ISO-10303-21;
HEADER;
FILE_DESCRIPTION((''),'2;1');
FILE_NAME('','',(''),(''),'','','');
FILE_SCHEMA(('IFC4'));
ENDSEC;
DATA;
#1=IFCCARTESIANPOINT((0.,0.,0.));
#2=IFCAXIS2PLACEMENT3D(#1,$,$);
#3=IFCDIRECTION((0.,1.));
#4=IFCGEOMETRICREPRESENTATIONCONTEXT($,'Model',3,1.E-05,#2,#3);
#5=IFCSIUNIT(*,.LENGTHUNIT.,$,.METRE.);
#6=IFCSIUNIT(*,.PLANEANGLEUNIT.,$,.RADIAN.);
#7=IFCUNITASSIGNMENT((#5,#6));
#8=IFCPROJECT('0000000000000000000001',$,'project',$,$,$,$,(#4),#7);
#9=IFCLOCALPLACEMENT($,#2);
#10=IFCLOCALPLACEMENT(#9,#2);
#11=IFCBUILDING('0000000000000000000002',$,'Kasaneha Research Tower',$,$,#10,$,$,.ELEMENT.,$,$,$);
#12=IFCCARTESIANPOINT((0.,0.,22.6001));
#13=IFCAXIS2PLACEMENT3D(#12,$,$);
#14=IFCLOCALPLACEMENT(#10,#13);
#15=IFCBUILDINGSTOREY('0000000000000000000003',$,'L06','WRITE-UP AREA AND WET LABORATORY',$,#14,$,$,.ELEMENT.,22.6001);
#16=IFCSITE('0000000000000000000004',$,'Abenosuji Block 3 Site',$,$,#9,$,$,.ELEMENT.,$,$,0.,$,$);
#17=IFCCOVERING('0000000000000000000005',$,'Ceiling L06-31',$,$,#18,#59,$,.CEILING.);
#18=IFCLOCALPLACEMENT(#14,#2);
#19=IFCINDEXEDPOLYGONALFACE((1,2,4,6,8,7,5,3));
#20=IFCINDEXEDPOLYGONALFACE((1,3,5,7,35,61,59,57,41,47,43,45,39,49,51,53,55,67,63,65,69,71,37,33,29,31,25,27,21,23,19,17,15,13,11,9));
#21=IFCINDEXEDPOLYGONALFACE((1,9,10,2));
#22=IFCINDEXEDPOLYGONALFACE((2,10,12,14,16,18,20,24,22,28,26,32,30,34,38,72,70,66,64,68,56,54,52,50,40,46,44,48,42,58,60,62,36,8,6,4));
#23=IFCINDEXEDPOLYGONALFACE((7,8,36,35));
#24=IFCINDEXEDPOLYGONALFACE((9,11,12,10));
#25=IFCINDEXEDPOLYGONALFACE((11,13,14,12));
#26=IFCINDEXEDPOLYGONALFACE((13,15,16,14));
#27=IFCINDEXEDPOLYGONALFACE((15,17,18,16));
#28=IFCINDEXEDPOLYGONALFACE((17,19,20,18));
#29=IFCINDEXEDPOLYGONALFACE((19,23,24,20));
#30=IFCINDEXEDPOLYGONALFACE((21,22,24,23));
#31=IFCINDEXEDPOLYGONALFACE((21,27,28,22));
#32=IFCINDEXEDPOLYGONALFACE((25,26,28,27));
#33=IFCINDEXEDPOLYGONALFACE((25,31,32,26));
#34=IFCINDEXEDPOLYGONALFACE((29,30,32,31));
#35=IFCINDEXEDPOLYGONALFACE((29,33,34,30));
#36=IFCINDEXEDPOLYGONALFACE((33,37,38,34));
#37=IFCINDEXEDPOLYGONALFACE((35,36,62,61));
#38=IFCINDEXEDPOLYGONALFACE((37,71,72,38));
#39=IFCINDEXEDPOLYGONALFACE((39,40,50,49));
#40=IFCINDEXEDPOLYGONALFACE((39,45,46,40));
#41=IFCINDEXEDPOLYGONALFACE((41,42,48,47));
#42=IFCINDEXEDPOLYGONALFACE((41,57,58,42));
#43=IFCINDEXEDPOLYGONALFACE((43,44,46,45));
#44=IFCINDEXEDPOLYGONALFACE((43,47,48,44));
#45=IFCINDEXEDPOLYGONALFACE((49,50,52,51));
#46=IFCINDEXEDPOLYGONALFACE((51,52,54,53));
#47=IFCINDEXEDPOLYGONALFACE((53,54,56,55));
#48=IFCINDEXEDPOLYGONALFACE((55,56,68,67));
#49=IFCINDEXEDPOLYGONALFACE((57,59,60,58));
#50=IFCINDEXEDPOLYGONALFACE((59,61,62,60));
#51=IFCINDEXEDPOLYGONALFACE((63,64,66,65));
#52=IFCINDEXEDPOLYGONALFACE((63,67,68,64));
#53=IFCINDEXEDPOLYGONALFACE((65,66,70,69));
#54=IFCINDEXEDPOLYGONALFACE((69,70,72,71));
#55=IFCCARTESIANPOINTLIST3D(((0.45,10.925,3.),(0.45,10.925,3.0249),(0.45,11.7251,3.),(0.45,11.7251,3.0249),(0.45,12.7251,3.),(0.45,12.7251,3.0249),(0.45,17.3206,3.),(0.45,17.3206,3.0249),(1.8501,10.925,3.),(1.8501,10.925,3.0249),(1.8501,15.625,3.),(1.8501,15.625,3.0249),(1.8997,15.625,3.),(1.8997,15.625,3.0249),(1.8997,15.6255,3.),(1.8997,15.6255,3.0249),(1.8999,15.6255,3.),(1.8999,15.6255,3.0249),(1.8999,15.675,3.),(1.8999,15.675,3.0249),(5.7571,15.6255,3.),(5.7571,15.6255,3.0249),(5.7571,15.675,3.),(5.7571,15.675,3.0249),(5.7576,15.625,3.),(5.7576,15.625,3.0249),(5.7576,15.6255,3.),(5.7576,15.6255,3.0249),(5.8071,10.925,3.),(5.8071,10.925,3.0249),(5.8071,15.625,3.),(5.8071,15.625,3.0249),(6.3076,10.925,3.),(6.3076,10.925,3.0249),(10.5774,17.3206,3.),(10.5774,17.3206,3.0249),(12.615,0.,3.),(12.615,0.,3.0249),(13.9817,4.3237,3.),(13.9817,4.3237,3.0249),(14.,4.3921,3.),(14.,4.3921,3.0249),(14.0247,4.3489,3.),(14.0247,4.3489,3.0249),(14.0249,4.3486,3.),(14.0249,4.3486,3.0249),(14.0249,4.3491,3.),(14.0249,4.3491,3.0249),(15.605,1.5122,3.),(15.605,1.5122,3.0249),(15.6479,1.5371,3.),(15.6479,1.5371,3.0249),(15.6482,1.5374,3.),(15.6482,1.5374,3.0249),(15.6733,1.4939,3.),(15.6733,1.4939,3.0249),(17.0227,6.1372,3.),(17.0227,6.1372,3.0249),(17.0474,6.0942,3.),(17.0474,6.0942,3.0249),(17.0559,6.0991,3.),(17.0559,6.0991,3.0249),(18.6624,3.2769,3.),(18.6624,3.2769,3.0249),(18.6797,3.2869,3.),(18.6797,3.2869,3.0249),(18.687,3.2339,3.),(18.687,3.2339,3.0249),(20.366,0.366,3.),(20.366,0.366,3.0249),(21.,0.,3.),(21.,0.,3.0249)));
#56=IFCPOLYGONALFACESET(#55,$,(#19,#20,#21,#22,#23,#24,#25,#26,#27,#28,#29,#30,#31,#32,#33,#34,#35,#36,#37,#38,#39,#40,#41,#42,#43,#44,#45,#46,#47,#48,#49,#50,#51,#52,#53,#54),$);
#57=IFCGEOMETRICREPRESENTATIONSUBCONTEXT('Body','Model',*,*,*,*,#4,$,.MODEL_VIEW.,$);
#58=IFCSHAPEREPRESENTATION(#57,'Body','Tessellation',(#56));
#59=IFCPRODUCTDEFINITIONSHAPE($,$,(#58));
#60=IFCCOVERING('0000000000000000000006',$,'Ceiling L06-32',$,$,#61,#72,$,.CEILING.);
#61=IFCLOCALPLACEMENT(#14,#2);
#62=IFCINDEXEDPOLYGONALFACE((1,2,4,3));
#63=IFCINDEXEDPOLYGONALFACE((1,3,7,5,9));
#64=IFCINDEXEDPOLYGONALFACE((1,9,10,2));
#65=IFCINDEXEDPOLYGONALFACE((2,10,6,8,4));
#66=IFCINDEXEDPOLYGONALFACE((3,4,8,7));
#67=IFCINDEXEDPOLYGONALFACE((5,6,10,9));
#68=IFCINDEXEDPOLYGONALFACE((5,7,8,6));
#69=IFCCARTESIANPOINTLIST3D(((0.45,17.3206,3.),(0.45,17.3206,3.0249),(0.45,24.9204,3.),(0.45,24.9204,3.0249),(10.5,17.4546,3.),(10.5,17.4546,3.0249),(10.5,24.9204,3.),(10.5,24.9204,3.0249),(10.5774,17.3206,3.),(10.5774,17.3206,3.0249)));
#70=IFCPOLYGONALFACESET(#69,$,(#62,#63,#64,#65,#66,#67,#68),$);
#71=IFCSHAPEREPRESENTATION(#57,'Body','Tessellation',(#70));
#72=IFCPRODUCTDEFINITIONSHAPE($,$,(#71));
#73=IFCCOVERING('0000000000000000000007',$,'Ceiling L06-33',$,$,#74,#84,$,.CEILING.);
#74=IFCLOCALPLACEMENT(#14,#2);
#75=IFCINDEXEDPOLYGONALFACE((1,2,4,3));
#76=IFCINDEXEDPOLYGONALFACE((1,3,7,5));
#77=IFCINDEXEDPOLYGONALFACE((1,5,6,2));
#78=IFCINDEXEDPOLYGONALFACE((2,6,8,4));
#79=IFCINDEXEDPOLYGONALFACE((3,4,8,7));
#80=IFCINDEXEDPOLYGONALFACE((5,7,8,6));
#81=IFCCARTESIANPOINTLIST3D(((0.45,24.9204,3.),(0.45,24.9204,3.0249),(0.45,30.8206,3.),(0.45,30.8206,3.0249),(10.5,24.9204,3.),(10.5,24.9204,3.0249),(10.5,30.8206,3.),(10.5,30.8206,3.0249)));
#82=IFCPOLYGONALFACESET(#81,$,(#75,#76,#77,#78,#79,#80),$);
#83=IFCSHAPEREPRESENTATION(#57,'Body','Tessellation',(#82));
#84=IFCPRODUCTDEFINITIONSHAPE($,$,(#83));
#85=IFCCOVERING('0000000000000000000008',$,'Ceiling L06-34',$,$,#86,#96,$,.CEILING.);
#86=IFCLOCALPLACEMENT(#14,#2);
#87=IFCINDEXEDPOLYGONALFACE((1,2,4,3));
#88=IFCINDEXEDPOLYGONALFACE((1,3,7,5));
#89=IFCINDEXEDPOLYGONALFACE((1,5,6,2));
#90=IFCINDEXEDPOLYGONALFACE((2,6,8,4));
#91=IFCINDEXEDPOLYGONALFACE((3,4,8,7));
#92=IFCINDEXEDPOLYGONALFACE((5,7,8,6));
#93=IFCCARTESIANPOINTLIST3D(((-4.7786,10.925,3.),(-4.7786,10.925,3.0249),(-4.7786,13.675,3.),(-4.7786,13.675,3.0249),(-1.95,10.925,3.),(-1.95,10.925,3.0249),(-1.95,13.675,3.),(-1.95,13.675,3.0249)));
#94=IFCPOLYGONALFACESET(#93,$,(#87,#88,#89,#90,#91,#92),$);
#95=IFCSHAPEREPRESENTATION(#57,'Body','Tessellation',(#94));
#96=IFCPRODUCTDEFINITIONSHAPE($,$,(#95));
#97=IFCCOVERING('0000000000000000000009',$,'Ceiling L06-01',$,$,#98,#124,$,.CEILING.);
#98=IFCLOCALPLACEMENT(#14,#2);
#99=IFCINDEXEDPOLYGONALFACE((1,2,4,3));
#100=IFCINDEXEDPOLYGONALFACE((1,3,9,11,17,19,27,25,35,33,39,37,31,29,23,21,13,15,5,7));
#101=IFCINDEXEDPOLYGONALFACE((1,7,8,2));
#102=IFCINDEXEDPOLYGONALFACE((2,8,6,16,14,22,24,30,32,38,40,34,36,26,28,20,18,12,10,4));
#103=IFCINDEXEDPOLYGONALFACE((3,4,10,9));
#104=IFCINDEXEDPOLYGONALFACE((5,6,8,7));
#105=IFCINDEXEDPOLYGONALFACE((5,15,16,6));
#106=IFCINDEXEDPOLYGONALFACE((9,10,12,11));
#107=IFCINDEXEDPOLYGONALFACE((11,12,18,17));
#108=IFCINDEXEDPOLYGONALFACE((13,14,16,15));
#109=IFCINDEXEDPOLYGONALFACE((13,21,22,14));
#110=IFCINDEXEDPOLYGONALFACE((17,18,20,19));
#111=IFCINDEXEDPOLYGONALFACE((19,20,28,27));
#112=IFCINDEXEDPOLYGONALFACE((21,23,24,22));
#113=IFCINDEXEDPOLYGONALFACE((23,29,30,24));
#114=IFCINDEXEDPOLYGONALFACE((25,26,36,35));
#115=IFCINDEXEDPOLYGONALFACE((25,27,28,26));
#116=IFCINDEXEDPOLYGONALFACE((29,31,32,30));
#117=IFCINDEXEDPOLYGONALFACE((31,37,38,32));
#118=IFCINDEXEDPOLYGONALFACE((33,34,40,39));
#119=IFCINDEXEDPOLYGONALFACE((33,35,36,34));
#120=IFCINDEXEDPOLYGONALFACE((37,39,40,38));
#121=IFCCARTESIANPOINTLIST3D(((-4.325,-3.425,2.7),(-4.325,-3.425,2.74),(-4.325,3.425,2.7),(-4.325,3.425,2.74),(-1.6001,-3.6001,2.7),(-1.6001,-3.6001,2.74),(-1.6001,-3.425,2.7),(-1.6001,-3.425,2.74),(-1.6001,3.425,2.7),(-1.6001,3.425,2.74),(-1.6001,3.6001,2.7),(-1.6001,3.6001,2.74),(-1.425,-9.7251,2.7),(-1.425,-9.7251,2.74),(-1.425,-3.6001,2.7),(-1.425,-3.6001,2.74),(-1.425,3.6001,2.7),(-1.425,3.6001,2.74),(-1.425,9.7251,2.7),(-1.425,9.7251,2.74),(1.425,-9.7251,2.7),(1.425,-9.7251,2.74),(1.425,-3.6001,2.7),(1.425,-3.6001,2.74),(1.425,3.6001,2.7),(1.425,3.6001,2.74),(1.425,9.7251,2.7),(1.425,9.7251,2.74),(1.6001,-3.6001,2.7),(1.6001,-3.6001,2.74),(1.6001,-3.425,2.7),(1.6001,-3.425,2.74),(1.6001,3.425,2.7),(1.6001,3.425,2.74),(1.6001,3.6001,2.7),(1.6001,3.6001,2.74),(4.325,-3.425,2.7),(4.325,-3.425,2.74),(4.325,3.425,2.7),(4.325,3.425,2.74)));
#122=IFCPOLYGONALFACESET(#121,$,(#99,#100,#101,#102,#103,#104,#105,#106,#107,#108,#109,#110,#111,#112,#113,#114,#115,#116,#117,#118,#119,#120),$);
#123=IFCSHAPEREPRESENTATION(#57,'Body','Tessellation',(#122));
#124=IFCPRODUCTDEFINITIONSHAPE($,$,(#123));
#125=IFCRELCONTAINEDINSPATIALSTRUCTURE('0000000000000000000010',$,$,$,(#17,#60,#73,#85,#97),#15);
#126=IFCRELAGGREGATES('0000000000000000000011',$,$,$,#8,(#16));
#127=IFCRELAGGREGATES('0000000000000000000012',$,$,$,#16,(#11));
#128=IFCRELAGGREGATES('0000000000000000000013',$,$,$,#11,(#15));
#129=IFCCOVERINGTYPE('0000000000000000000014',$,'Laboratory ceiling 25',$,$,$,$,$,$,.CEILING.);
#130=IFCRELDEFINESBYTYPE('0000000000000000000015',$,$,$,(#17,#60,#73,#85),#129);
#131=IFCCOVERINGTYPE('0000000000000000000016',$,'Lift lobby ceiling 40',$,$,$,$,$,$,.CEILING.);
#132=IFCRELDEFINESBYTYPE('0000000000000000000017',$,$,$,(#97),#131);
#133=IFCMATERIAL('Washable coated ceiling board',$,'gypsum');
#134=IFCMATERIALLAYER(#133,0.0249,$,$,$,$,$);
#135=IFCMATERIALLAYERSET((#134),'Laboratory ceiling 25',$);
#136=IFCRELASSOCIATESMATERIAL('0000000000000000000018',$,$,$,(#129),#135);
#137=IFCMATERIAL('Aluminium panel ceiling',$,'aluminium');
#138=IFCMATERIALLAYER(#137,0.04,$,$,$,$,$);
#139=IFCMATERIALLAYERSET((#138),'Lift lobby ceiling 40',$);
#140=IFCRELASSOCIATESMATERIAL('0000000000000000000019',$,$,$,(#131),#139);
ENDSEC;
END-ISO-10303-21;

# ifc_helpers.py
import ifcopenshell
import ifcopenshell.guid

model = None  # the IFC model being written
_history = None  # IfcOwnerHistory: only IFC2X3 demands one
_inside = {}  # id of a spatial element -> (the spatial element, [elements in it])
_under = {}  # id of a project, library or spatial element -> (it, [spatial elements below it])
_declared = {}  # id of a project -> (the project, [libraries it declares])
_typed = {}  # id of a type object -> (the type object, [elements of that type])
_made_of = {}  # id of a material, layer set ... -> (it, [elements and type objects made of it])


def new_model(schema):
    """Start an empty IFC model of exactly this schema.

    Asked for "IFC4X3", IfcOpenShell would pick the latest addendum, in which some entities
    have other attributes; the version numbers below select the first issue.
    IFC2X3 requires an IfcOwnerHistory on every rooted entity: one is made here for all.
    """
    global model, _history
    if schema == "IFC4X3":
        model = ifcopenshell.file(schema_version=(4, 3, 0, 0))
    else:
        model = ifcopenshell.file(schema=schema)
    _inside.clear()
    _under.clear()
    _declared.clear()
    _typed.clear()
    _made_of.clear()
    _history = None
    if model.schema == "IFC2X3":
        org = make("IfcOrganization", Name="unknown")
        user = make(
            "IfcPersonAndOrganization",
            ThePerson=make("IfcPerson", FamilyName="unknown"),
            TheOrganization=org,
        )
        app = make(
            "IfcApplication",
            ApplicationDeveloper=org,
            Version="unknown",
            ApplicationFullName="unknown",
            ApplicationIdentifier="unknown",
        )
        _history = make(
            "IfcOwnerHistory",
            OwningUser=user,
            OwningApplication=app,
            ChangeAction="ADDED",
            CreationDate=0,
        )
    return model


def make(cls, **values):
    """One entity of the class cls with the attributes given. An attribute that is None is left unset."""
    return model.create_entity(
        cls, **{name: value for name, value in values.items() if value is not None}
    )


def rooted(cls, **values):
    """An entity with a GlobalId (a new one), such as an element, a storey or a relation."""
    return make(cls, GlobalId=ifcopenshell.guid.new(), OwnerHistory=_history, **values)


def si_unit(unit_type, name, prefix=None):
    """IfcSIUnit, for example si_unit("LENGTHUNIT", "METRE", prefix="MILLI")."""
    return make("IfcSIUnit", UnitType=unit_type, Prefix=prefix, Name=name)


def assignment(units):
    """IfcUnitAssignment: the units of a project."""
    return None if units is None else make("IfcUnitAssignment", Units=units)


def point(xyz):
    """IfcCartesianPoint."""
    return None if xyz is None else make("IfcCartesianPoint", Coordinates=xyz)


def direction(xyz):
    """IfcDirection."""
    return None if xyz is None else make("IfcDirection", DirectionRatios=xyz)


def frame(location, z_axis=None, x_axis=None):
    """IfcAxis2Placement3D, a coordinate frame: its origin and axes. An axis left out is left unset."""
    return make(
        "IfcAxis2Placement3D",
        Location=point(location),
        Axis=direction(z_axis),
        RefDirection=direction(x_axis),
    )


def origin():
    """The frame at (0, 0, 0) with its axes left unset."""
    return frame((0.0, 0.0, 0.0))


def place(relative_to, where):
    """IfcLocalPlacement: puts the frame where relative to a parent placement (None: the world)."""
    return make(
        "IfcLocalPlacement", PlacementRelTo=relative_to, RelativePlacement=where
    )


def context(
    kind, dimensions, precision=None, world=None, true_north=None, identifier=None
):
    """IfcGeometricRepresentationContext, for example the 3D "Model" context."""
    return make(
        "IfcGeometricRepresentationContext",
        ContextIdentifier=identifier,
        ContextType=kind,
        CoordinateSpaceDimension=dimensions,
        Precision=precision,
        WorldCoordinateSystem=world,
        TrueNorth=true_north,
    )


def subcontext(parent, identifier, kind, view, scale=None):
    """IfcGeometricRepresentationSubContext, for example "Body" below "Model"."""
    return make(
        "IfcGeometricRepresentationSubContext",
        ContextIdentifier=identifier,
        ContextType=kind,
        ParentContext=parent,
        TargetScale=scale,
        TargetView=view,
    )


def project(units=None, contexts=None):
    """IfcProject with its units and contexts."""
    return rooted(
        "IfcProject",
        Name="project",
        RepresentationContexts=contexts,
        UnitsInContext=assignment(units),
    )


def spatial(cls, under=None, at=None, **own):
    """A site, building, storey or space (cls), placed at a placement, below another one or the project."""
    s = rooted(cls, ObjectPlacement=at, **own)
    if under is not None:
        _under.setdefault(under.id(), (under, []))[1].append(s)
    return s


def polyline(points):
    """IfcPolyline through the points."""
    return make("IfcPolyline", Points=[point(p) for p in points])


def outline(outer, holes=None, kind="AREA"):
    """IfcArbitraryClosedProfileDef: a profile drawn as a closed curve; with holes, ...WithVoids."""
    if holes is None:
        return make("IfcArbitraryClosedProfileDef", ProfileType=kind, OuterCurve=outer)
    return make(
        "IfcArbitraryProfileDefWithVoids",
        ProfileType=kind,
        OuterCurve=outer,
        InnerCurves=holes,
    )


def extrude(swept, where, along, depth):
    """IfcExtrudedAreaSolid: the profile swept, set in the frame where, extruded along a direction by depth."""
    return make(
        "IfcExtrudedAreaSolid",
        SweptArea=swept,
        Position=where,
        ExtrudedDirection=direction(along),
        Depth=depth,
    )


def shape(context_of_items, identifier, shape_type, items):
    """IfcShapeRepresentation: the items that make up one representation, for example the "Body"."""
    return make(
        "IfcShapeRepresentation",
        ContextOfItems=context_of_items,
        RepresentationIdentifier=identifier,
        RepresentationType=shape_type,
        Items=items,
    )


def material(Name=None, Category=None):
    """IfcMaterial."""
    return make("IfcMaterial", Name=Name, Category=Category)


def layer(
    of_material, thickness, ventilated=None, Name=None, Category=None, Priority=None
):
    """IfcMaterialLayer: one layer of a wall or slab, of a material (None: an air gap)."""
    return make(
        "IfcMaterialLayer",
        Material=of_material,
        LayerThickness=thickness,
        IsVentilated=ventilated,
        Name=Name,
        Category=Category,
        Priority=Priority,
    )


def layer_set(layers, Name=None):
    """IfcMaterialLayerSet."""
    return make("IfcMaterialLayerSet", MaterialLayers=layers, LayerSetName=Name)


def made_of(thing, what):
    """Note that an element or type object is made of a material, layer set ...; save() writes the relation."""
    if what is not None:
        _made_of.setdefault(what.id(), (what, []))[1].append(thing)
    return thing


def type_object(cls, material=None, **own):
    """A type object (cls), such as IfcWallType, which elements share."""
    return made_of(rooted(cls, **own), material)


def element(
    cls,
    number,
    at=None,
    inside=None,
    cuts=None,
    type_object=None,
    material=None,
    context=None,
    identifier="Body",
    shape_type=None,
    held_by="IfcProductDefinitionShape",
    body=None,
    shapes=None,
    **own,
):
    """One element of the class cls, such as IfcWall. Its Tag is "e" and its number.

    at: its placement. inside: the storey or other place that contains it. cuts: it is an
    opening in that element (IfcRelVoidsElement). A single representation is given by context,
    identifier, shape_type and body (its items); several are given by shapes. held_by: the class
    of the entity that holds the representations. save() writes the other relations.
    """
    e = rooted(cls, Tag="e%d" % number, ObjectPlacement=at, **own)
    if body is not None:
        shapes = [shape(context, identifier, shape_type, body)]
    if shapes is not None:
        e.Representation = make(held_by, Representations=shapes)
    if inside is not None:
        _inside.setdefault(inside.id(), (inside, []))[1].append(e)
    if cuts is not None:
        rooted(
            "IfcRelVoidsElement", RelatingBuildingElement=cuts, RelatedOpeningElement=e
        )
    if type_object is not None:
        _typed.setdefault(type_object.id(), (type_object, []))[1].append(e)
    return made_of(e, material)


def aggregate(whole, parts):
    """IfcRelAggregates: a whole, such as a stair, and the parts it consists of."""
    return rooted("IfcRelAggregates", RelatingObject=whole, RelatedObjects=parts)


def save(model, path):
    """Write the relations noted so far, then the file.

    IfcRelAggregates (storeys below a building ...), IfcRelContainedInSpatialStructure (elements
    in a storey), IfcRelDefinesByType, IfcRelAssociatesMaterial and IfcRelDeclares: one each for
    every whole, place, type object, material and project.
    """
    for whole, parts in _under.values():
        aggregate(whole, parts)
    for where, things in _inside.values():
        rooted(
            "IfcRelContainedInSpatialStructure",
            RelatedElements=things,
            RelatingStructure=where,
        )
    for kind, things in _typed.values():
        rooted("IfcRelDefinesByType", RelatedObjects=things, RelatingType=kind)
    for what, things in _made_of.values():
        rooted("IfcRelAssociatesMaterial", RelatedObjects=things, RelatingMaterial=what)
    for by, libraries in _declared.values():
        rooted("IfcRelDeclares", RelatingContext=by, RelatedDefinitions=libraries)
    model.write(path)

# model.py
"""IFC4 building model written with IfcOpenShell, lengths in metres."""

from ifc_helpers import new_model, si_unit, direction, frame, origin, place, context, subcontext, project, spatial, polyline, outline, extrude, material, layer, layer_set, type_object, element, save


model = new_model("IFC4")

# Units and contexts
model_context = context("Model", 3, precision=1e-05, world=origin(), true_north=direction((0.0, 1.0)))
body_context = subcontext(model_context, "Body", "Model", "MODEL_VIEW")
ifc_project = project(units=[si_unit("LENGTHUNIT", "METRE"), si_unit("PLANEANGLEUNIT", "RADIAN")], contexts=[model_context])

# Site, building, storey
site_placement = place(None, origin())
site = spatial("IfcSite", under=ifc_project, at=site_placement, Name="Abenosuji Block 3 Site", CompositionType="ELEMENT", RefElevation=0.0)
building_placement = place(site_placement, origin())
building = spatial("IfcBuilding", under=site, at=building_placement, Name="Kasaneha Research Tower", CompositionType="ELEMENT")
storey_placement = place(building_placement, frame((0.0, 0.0, 22.6001)))
storey = spatial("IfcBuildingStorey", under=building, at=storey_placement, Name="L06", Description="WRITE-UP AREA AND WET LABORATORY", CompositionType="ELEMENT", Elevation=22.6001)

# Coverings
ifc_material_1 = material(Name="Washable coated ceiling board", Category="gypsum")
ifc_layer_1 = layer(ifc_material_1, 0.0249)
ifc_layer_set_1 = layer_set([ifc_layer_1], Name="Laboratory ceiling 25")
covering_type_1 = type_object("IfcCoveringType", Name="Laboratory ceiling 25", PredefinedType="CEILING", material=ifc_layer_set_1)
covering_1_placement = place(storey_placement, frame((0.0, 0.0, 3.0)))
element("IfcCovering", 1, at=covering_1_placement, inside=storey, type_object=covering_type_1, Name="Ceiling L06-31", PredefinedType="CEILING", context=body_context, shape_type="SweptSolid", body=[
    extrude(outline(polyline([(6.3076, 10.925), (5.8071, 10.925), (5.8071, 15.625), (5.7576, 15.625), (5.7576, 15.6255), (5.7571, 15.6255), (5.7571, 15.675), (1.8999, 15.675), (1.8999, 15.6255), (1.8997, 15.6255), (1.8997, 15.625), (1.8501, 15.625), (1.8501, 10.925), (0.45, 10.925), (0.45, 11.7251), (0.45, 12.7251), (0.45, 17.3206), (10.5774, 17.3206), (17.0559, 6.0991), (17.0474, 6.0942), (17.0227, 6.1372), (14.0, 4.3921), (14.0249, 4.3491), (14.0247, 4.3489), (14.0249, 4.3486), (13.9817, 4.3237), (15.605, 1.5122), (15.6479, 1.5371), (15.6479, 1.5371), (15.6482, 1.5374), (15.6733, 1.4939), (18.687, 3.2339), (18.6624, 3.2769), (18.6797, 3.2869), (20.366, 0.366), (21.0, 0.0), (12.615, 0.0), (6.3076, 10.925)])), origin(), (0.0, 0.0, 1.0), 0.0249),
])
covering_2_placement = place(storey_placement, frame((0.0, 0.0, 3.0)))
element("IfcCovering", 2, at=covering_2_placement, inside=storey, type_object=covering_type_1, Name="Ceiling L06-32", PredefinedType="CEILING", context=body_context, shape_type="SweptSolid", body=[
    extrude(outline(polyline([(10.5, 24.9204), (10.5, 17.4546), (10.5774, 17.3206), (0.45, 17.3206), (0.45, 24.9204), (10.5, 24.9204)])), origin(), (0.0, 0.0, 1.0), 0.0249),
])
covering_3_placement = place(storey_placement, frame((0.0, 0.0, 3.0)))
element("IfcCovering", 3, at=covering_3_placement, inside=storey, type_object=covering_type_1, Name="Ceiling L06-33", PredefinedType="CEILING", context=body_context, shape_type="SweptSolid", body=[
    extrude(outline(polyline([(10.5, 30.8206), (10.5, 24.9204), (0.45, 24.9204), (0.45, 30.8206), (10.5, 30.8206)])), origin(), (0.0, 0.0, 1.0), 0.0249),
])
covering_4_placement = place(storey_placement, frame((0.0, 0.0, 3.0)))
element("IfcCovering", 4, at=covering_4_placement, inside=storey, type_object=covering_type_1, Name="Ceiling L06-34", PredefinedType="CEILING", context=body_context, shape_type="SweptSolid", body=[
    extrude(outline(polyline([(-4.7786, 10.925), (-4.7786, 13.675), (-1.95, 13.675), (-1.95, 10.925), (-4.7786, 10.925)])), origin(), (0.0, 0.0, 1.0), 0.0249),
])
ifc_material_2 = material(Name="Aluminium panel ceiling", Category="aluminium")
ifc_layer_2 = layer(ifc_material_2, 0.04)
ifc_layer_set_2 = layer_set([ifc_layer_2], Name="Lift lobby ceiling 40")
covering_type_2 = type_object("IfcCoveringType", Name="Lift lobby ceiling 40", PredefinedType="CEILING", material=ifc_layer_set_2)
covering_5_placement = place(storey_placement, frame((0.0, 0.0, 2.7)))
element("IfcCovering", 5, at=covering_5_placement, inside=storey, type_object=covering_type_2, Name="Ceiling L06-01", PredefinedType="CEILING", context=body_context, shape_type="SweptSolid", body=[
    extrude(outline(polyline([(1.425, 9.7251), (1.425, 3.6001), (1.6001, 3.6001), (1.6001, 3.425), (4.325, 3.425), (4.325, -3.425), (1.6001, -3.425), (1.6001, -3.6001), (1.425, -3.6001), (1.425, -9.7251), (-1.425, -9.7251), (-1.425, -3.6001), (-1.6001, -3.6001), (-1.6001, -3.425), (-4.325, -3.425), (-4.325, 3.425), (-1.6001, 3.425), (-1.6001, 3.6001), (-1.425, 3.6001), (-1.425, 9.7251), (1.425, 9.7251)])), origin(), (0.0, 0.0, 1.0), 0.04),
])

save(model, "model.ifc")
